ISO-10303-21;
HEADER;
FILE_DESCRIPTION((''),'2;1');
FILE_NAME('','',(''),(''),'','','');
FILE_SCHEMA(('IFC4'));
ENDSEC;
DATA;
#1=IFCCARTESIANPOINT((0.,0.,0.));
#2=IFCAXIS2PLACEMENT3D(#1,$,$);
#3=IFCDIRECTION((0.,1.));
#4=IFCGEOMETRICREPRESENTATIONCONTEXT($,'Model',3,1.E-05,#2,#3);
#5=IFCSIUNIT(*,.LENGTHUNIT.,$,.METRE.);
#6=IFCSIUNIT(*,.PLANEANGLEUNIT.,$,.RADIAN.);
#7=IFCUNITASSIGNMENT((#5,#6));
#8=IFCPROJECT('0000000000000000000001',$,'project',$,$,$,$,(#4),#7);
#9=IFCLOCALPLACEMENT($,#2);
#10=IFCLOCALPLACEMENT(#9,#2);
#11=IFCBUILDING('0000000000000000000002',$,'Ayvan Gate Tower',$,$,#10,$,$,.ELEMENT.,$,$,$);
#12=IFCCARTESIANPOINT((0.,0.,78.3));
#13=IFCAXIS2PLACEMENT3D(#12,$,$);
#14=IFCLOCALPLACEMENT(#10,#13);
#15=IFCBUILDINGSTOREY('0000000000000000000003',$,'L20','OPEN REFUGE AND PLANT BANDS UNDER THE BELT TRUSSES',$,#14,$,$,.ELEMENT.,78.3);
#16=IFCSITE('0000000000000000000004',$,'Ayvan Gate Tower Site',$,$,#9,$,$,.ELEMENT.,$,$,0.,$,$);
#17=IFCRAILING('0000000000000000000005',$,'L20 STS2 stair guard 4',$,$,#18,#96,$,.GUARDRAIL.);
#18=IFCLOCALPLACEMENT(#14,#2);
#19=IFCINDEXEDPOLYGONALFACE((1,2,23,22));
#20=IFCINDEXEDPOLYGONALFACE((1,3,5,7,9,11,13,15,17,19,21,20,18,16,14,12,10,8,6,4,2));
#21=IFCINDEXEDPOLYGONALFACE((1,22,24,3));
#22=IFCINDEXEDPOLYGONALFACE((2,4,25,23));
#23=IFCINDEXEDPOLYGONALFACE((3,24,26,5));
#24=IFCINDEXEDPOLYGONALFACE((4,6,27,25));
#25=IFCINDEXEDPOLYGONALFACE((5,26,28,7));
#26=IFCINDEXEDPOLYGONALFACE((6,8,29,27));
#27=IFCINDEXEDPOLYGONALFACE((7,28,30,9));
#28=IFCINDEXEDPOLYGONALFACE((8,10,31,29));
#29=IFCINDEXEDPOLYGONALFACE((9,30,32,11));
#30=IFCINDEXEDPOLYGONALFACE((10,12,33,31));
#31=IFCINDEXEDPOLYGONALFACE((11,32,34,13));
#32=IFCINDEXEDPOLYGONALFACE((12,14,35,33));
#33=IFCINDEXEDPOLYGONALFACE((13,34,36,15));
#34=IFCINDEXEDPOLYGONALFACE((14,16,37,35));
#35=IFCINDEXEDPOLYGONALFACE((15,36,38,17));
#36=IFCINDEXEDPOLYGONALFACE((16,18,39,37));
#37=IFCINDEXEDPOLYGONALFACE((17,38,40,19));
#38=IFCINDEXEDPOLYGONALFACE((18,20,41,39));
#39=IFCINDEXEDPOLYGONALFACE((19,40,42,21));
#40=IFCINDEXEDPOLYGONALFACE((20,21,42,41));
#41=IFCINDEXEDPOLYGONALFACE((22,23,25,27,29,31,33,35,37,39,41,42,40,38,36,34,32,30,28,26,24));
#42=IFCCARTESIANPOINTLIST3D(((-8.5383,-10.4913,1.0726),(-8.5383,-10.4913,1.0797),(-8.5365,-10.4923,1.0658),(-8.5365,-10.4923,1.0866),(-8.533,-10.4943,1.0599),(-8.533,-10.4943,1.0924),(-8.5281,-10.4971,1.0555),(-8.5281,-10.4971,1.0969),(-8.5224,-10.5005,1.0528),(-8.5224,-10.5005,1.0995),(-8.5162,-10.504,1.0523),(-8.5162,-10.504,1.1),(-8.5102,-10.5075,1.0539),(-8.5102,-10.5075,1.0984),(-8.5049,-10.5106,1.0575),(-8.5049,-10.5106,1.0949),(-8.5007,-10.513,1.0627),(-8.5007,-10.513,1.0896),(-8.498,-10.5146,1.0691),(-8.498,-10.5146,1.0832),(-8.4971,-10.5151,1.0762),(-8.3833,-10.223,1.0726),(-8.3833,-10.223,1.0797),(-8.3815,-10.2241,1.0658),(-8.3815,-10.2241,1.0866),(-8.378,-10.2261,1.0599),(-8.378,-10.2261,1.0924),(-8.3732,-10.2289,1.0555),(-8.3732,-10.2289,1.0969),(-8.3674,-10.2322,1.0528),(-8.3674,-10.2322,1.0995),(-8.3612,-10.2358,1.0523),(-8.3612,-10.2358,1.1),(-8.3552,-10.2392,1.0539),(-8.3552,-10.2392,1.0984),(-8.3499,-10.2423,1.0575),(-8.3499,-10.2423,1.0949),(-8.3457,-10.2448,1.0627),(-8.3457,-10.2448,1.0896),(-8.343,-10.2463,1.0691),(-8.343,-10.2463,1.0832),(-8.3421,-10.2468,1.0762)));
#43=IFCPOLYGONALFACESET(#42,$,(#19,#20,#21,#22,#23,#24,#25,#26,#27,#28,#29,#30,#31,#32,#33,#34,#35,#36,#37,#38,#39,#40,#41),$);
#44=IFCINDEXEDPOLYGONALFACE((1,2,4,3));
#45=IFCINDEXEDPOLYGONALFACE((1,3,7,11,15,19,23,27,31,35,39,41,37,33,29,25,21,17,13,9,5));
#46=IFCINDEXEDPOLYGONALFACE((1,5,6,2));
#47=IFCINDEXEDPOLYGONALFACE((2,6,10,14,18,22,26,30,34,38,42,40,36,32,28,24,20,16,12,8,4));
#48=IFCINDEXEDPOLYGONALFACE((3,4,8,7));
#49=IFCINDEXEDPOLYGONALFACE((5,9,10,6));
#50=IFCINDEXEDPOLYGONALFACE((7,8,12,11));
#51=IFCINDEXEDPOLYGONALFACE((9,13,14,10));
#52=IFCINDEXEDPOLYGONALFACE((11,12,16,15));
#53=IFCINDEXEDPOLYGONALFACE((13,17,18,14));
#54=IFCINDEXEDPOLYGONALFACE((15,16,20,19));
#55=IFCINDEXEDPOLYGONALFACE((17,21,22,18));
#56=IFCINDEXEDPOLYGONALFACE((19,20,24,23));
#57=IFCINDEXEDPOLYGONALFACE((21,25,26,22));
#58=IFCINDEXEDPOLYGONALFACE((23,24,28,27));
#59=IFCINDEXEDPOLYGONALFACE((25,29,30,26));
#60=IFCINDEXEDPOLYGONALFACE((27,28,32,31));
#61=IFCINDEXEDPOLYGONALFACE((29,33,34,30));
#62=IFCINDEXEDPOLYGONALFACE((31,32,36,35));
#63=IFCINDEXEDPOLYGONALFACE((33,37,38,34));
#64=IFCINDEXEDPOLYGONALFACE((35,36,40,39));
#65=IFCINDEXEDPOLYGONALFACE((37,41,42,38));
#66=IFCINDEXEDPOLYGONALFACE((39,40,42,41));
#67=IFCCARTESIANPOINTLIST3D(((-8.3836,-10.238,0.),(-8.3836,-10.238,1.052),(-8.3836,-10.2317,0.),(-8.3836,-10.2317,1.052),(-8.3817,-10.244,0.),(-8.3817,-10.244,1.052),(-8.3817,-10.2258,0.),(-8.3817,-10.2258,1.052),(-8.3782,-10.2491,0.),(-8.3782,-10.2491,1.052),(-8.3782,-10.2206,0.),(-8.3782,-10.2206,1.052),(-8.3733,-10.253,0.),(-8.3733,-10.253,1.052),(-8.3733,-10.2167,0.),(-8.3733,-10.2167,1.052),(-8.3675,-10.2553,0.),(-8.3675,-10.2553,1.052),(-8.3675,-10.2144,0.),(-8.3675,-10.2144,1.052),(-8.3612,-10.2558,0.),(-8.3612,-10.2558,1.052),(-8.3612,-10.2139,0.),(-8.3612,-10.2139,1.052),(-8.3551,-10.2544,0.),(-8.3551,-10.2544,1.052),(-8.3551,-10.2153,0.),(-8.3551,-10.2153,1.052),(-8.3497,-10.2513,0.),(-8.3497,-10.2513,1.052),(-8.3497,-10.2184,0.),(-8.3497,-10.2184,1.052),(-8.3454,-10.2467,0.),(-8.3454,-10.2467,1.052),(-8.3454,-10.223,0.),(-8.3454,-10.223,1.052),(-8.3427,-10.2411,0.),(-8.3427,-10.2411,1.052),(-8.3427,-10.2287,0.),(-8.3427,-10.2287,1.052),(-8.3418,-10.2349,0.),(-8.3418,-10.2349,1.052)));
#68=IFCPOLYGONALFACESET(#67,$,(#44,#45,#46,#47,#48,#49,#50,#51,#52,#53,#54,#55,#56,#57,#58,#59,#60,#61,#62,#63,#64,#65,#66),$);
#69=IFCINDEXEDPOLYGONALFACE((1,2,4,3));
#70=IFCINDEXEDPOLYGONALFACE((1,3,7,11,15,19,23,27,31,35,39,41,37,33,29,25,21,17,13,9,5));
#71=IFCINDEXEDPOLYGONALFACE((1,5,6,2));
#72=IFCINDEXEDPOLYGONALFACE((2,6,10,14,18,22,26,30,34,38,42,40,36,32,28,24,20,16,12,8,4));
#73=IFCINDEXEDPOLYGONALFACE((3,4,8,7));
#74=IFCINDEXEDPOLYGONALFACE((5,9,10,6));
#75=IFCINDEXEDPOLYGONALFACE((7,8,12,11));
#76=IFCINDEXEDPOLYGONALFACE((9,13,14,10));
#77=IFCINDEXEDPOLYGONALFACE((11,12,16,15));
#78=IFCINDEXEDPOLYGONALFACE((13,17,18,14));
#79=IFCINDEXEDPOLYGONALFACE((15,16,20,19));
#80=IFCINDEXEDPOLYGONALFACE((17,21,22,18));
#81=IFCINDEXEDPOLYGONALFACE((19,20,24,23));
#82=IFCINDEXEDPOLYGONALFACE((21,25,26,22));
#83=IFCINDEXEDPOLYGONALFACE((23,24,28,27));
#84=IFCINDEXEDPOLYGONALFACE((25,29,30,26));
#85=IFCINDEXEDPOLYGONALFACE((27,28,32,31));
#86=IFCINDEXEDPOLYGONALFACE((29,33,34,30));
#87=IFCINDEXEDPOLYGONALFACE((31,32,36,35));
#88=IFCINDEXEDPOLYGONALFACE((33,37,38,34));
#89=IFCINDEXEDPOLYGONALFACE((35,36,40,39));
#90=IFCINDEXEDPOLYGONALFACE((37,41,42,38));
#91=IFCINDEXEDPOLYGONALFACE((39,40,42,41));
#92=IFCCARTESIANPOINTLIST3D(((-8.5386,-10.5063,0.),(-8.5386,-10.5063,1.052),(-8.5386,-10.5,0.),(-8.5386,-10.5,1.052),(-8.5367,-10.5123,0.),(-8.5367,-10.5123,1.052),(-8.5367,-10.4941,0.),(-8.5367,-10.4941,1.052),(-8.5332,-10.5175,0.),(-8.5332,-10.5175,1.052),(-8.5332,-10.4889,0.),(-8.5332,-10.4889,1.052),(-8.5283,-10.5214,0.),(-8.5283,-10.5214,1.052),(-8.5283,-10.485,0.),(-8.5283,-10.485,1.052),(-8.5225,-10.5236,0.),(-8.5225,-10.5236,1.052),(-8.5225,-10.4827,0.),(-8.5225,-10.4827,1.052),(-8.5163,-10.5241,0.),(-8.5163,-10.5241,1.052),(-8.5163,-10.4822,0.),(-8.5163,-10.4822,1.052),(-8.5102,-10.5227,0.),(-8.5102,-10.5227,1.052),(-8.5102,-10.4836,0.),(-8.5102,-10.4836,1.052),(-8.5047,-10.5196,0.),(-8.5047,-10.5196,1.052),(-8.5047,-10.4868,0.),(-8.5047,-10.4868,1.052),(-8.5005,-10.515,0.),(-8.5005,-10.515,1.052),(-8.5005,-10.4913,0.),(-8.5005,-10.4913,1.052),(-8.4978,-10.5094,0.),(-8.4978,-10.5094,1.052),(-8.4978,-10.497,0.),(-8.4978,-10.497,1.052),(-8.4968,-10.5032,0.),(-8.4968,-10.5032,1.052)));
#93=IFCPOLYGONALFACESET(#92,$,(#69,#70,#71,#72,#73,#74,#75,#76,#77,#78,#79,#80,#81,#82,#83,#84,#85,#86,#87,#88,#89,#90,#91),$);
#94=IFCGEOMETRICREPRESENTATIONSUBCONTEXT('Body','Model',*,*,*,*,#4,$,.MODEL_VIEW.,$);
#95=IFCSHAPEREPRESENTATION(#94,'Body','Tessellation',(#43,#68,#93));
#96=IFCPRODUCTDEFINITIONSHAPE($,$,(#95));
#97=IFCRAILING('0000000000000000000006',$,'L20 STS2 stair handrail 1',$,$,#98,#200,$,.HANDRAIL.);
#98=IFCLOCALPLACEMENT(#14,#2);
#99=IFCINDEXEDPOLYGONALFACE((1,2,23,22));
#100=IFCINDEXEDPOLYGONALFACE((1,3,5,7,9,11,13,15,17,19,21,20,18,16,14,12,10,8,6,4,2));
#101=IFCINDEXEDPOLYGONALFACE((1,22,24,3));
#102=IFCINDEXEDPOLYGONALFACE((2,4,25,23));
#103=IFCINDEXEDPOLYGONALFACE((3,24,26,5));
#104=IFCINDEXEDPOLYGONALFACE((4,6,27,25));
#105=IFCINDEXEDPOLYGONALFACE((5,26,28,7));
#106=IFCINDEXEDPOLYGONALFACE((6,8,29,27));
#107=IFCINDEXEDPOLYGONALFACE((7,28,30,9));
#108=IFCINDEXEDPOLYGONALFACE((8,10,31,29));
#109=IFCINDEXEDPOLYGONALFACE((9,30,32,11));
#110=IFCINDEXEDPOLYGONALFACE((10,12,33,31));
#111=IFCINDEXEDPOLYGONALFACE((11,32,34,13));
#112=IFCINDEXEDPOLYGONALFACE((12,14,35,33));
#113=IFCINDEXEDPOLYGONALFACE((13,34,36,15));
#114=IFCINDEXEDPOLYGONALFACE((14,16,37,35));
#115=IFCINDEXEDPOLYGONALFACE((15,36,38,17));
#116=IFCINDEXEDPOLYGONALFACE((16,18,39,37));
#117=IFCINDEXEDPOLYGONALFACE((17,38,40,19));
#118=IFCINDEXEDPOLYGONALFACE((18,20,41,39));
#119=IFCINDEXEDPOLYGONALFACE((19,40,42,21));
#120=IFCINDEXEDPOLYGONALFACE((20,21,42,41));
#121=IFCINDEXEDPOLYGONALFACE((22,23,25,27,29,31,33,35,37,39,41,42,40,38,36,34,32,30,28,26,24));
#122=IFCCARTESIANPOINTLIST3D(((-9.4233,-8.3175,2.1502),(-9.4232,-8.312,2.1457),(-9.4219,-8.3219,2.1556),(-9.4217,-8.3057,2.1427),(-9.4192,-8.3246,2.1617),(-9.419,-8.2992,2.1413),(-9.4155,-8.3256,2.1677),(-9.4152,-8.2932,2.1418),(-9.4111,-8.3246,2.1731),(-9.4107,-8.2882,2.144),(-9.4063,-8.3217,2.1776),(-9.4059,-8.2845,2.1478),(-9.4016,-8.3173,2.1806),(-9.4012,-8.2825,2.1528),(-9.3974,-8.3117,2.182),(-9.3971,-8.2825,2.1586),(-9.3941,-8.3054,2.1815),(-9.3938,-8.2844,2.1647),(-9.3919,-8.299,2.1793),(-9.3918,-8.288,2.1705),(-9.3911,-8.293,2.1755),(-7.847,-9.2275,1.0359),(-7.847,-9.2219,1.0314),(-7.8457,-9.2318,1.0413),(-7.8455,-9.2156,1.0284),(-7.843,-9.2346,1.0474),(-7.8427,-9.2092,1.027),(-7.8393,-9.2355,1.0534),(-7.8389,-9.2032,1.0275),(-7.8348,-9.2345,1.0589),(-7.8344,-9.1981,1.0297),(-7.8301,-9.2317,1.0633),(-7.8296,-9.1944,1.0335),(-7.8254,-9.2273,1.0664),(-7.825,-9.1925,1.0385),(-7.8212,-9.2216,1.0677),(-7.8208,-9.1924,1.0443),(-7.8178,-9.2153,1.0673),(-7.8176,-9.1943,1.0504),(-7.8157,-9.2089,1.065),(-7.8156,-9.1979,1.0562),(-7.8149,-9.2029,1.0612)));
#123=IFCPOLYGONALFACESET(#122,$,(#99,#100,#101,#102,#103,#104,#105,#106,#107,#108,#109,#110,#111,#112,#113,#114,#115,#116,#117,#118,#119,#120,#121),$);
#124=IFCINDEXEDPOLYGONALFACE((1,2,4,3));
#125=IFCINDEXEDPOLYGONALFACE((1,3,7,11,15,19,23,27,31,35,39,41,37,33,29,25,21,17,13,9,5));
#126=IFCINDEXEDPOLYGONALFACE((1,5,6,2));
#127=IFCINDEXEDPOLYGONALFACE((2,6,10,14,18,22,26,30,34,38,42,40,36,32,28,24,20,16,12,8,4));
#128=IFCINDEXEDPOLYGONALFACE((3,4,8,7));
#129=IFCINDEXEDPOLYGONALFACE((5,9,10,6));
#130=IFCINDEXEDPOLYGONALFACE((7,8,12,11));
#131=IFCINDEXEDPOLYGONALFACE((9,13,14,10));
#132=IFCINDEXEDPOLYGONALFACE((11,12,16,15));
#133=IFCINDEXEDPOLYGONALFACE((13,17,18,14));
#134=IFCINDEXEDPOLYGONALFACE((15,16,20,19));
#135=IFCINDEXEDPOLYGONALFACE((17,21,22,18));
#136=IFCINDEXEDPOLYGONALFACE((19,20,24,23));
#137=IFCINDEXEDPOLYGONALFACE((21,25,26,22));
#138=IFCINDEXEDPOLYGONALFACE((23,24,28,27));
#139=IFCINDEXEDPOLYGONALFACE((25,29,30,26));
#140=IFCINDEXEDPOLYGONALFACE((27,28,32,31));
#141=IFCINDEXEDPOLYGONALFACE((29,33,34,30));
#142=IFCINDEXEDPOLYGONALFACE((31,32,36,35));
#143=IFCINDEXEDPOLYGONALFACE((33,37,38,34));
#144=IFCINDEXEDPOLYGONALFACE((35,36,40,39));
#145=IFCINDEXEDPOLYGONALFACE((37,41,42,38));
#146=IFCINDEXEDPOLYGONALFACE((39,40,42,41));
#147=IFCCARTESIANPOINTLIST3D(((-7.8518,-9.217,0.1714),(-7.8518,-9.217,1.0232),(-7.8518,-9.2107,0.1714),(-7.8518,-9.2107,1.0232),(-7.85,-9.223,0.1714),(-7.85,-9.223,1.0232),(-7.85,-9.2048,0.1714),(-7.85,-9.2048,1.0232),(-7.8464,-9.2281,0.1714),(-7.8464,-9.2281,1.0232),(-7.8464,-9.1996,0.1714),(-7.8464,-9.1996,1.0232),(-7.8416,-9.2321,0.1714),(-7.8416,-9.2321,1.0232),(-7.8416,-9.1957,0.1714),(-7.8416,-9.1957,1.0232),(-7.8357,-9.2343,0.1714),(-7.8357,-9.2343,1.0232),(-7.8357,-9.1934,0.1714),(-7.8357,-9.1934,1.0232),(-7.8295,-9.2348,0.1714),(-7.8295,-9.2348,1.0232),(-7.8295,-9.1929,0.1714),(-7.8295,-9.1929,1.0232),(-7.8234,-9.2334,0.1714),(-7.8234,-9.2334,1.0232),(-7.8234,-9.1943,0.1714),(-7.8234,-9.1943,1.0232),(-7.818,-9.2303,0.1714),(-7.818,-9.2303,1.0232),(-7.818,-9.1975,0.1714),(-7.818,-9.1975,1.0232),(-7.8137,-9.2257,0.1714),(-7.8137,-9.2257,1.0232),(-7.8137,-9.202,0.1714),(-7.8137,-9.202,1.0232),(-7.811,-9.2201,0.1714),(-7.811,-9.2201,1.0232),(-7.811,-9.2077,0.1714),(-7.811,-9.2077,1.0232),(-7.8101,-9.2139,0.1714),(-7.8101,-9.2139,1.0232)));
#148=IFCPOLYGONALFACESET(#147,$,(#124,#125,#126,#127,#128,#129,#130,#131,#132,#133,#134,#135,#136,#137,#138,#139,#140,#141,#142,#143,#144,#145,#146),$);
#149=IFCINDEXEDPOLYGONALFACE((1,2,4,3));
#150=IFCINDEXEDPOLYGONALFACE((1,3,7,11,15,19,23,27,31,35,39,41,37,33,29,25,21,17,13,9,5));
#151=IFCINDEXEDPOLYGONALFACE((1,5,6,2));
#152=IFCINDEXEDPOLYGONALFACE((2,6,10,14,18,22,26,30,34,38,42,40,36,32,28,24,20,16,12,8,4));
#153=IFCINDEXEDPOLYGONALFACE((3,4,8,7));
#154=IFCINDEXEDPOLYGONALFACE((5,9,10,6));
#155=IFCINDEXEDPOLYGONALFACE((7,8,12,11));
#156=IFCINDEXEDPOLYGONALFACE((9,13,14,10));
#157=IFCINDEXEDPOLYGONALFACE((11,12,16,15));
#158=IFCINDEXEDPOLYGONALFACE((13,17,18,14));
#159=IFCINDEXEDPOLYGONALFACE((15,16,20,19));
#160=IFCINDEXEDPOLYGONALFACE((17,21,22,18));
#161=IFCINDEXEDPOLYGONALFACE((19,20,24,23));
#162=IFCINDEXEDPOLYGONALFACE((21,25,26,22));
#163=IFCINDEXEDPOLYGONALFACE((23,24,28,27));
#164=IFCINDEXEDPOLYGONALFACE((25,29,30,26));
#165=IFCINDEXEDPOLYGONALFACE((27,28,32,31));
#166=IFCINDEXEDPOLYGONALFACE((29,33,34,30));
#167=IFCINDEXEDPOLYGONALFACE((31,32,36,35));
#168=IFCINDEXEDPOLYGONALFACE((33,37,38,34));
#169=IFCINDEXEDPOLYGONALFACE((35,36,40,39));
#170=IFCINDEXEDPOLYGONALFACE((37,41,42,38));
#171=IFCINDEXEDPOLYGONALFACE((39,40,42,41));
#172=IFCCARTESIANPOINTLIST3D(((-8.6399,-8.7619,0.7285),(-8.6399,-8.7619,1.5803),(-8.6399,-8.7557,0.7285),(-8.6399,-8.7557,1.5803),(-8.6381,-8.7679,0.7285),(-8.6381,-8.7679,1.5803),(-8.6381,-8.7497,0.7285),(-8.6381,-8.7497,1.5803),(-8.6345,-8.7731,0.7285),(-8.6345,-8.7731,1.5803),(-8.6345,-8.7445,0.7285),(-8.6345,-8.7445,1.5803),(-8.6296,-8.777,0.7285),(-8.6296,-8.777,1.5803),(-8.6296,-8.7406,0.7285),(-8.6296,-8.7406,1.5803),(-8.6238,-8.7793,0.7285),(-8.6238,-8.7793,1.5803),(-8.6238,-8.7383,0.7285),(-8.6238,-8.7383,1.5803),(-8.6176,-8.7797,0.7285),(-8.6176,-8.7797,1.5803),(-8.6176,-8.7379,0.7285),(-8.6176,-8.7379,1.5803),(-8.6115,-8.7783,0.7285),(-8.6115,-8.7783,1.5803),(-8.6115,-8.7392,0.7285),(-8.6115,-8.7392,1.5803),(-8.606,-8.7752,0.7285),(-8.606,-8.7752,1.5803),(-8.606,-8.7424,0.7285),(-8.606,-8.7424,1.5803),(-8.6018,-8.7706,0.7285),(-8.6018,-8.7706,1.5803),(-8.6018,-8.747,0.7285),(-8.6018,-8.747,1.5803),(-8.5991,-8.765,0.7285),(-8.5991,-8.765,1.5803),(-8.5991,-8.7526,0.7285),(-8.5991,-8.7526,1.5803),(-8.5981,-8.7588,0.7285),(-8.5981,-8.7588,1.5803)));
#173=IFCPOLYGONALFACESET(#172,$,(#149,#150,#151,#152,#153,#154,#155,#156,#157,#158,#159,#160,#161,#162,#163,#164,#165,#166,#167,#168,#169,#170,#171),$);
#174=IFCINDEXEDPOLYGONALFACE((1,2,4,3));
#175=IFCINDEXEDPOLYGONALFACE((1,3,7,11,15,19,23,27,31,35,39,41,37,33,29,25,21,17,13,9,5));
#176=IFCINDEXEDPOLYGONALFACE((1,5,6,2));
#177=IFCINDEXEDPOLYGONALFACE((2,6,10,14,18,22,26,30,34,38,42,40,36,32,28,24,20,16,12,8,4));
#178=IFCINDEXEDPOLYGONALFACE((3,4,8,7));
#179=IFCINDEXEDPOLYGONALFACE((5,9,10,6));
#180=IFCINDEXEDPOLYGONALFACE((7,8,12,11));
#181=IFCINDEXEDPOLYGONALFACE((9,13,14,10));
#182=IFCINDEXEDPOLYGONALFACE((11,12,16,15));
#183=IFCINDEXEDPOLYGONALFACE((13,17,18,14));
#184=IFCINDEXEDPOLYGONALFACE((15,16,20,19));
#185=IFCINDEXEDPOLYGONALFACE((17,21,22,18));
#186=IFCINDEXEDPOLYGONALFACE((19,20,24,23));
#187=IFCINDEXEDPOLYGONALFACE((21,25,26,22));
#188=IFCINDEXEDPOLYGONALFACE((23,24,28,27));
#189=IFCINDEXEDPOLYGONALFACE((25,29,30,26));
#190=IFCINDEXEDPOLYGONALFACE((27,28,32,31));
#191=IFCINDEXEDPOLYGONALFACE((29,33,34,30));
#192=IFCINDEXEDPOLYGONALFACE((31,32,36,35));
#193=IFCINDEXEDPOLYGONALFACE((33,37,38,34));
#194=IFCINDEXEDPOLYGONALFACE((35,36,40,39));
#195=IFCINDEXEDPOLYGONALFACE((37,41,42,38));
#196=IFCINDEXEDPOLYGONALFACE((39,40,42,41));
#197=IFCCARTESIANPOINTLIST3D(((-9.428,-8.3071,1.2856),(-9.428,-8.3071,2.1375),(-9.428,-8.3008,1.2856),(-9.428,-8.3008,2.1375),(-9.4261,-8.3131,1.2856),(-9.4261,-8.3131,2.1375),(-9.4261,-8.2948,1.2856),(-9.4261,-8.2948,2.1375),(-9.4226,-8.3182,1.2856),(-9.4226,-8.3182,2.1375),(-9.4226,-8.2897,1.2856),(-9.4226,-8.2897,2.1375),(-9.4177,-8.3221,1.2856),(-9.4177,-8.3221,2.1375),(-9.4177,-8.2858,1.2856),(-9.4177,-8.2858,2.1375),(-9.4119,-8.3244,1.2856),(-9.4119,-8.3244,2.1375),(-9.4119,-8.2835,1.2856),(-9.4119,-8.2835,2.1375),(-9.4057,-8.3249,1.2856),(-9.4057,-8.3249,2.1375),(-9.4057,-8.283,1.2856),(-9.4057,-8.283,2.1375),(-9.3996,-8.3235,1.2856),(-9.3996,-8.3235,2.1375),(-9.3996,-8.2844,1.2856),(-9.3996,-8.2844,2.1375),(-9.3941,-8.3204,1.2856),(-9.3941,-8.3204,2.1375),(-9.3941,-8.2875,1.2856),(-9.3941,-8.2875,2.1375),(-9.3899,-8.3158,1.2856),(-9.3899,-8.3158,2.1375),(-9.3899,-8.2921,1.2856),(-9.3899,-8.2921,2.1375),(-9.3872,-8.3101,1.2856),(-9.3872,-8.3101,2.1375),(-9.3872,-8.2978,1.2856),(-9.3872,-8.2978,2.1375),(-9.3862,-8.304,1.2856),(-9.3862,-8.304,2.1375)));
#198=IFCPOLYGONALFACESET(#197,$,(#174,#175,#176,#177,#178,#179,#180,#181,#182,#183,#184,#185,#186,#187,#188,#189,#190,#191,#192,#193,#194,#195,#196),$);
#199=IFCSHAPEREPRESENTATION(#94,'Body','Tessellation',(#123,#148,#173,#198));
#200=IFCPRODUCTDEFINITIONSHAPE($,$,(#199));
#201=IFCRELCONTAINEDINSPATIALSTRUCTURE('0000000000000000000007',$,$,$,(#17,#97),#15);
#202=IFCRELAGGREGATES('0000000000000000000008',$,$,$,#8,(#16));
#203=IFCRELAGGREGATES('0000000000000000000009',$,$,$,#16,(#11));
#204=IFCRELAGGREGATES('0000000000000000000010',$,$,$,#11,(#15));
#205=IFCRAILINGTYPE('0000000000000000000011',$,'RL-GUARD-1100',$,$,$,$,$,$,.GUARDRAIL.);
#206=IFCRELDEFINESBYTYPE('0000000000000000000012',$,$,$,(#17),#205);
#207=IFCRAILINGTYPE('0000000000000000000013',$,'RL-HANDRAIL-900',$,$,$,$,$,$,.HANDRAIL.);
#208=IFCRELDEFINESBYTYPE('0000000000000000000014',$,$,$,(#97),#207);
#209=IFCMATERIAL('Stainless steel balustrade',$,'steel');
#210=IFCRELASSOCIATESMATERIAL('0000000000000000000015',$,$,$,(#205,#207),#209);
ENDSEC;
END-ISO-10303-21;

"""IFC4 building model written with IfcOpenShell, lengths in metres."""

from ifc_helpers import new_model, si_unit, direction, frame, origin, origin_2d, place, context, subcontext, project, spatial, circle, extrude, material, type_object, element, save


model = new_model("IFC4")

# Units and contexts
model_context = context("Model", 3, precision=1e-05, world=origin(), true_north=direction((0.0, 1.0)))
body_context = subcontext(model_context, "Body", "Model", "MODEL_VIEW")
ifc_project = project(units=[si_unit("LENGTHUNIT", "METRE"), si_unit("PLANEANGLEUNIT", "RADIAN")], contexts=[model_context])

# Site, building, storey
site_placement = place(None, origin())
site = spatial("IfcSite", under=ifc_project, at=site_placement, Name="Ayvan Gate Tower Site", CompositionType="ELEMENT", RefElevation=0.0)
building_placement = place(site_placement, origin())
building = spatial("IfcBuilding", under=site, at=building_placement, Name="Ayvan Gate Tower", CompositionType="ELEMENT")
storey_placement = place(building_placement, frame((0.0, 0.0, 78.3)))
storey = spatial("IfcBuildingStorey", under=building, at=storey_placement, Name="L20", Description="OPEN REFUGE AND PLANT BANDS UNDER THE BELT TRUSSES", CompositionType="ELEMENT", Elevation=78.3)

# Railings
ifc_material_1 = material(Name="Stainless steel balustrade", Category="steel")
railing_type_1 = type_object("IfcRailingType", Name="RL-GUARD-1100", PredefinedType="GUARDRAIL", material=ifc_material_1)
railing_1_placement = place(storey_placement, frame((-8.3628, -10.2349, 0.0)))
element("IfcRailing", 1, at=railing_1_placement, inside=storey, type_object=railing_type_1, Name="L20 STS2 stair guard 4", PredefinedType="GUARDRAIL", context=body_context, shape_type="SweptSolid", body=[
    extrude(circle(Radius=0.0239, at=origin_2d()), frame((0.0, 0.0, 1.0762), z_axis=(-0.500291, -0.865857, 0.0), x_axis=(0.865857, -0.500291, 0.0)), (0.0, 0.0, 1.0), 0.3098),
    extrude(circle(Radius=0.021, at=origin_2d()), origin(), (0.0, 0.0, 1.0), 1.052),
    extrude(circle(Radius=0.021, at=origin_2d()), frame((-0.155, -0.2683, 0.0)), (0.0, 0.0, 1.0), 1.052),
])
railing_type_2 = type_object("IfcRailingType", Name="RL-HANDRAIL-900", PredefinedType="HANDRAIL", material=ifc_material_1)
railing_2_placement = place(storey_placement, frame((-7.8311, -9.2139, 0.1714)))
element("IfcRailing", 2, at=railing_2_placement, inside=storey, type_object=railing_type_2, Name="L20 STS2 stair handrail 1", PredefinedType="HANDRAIL", context=body_context, shape_type="SweptSolid", body=[
    extrude(circle(Radius=0.0239, at=origin_2d()), frame((0.0, 0.0, 0.876), z_axis=(-0.73861, 0.426394, 0.522153), x_axis=(-0.499962, -0.866047, 0.0)), (0.0, 0.0, 1.0), 2.134),
    extrude(circle(Radius=0.021, at=origin_2d()), origin(), (0.0, 0.0, 1.0), 0.8518),
    extrude(circle(Radius=0.021, at=origin_2d()), frame((-0.7881, 0.4551, 0.5571)), (0.0, 0.0, 1.0), 0.8518),
    extrude(circle(Radius=0.021, at=origin_2d()), frame((-1.5762, 0.9099, 1.1143)), (0.0, 0.0, 1.0), 0.8518),
])

save(model, "model.ifc")
